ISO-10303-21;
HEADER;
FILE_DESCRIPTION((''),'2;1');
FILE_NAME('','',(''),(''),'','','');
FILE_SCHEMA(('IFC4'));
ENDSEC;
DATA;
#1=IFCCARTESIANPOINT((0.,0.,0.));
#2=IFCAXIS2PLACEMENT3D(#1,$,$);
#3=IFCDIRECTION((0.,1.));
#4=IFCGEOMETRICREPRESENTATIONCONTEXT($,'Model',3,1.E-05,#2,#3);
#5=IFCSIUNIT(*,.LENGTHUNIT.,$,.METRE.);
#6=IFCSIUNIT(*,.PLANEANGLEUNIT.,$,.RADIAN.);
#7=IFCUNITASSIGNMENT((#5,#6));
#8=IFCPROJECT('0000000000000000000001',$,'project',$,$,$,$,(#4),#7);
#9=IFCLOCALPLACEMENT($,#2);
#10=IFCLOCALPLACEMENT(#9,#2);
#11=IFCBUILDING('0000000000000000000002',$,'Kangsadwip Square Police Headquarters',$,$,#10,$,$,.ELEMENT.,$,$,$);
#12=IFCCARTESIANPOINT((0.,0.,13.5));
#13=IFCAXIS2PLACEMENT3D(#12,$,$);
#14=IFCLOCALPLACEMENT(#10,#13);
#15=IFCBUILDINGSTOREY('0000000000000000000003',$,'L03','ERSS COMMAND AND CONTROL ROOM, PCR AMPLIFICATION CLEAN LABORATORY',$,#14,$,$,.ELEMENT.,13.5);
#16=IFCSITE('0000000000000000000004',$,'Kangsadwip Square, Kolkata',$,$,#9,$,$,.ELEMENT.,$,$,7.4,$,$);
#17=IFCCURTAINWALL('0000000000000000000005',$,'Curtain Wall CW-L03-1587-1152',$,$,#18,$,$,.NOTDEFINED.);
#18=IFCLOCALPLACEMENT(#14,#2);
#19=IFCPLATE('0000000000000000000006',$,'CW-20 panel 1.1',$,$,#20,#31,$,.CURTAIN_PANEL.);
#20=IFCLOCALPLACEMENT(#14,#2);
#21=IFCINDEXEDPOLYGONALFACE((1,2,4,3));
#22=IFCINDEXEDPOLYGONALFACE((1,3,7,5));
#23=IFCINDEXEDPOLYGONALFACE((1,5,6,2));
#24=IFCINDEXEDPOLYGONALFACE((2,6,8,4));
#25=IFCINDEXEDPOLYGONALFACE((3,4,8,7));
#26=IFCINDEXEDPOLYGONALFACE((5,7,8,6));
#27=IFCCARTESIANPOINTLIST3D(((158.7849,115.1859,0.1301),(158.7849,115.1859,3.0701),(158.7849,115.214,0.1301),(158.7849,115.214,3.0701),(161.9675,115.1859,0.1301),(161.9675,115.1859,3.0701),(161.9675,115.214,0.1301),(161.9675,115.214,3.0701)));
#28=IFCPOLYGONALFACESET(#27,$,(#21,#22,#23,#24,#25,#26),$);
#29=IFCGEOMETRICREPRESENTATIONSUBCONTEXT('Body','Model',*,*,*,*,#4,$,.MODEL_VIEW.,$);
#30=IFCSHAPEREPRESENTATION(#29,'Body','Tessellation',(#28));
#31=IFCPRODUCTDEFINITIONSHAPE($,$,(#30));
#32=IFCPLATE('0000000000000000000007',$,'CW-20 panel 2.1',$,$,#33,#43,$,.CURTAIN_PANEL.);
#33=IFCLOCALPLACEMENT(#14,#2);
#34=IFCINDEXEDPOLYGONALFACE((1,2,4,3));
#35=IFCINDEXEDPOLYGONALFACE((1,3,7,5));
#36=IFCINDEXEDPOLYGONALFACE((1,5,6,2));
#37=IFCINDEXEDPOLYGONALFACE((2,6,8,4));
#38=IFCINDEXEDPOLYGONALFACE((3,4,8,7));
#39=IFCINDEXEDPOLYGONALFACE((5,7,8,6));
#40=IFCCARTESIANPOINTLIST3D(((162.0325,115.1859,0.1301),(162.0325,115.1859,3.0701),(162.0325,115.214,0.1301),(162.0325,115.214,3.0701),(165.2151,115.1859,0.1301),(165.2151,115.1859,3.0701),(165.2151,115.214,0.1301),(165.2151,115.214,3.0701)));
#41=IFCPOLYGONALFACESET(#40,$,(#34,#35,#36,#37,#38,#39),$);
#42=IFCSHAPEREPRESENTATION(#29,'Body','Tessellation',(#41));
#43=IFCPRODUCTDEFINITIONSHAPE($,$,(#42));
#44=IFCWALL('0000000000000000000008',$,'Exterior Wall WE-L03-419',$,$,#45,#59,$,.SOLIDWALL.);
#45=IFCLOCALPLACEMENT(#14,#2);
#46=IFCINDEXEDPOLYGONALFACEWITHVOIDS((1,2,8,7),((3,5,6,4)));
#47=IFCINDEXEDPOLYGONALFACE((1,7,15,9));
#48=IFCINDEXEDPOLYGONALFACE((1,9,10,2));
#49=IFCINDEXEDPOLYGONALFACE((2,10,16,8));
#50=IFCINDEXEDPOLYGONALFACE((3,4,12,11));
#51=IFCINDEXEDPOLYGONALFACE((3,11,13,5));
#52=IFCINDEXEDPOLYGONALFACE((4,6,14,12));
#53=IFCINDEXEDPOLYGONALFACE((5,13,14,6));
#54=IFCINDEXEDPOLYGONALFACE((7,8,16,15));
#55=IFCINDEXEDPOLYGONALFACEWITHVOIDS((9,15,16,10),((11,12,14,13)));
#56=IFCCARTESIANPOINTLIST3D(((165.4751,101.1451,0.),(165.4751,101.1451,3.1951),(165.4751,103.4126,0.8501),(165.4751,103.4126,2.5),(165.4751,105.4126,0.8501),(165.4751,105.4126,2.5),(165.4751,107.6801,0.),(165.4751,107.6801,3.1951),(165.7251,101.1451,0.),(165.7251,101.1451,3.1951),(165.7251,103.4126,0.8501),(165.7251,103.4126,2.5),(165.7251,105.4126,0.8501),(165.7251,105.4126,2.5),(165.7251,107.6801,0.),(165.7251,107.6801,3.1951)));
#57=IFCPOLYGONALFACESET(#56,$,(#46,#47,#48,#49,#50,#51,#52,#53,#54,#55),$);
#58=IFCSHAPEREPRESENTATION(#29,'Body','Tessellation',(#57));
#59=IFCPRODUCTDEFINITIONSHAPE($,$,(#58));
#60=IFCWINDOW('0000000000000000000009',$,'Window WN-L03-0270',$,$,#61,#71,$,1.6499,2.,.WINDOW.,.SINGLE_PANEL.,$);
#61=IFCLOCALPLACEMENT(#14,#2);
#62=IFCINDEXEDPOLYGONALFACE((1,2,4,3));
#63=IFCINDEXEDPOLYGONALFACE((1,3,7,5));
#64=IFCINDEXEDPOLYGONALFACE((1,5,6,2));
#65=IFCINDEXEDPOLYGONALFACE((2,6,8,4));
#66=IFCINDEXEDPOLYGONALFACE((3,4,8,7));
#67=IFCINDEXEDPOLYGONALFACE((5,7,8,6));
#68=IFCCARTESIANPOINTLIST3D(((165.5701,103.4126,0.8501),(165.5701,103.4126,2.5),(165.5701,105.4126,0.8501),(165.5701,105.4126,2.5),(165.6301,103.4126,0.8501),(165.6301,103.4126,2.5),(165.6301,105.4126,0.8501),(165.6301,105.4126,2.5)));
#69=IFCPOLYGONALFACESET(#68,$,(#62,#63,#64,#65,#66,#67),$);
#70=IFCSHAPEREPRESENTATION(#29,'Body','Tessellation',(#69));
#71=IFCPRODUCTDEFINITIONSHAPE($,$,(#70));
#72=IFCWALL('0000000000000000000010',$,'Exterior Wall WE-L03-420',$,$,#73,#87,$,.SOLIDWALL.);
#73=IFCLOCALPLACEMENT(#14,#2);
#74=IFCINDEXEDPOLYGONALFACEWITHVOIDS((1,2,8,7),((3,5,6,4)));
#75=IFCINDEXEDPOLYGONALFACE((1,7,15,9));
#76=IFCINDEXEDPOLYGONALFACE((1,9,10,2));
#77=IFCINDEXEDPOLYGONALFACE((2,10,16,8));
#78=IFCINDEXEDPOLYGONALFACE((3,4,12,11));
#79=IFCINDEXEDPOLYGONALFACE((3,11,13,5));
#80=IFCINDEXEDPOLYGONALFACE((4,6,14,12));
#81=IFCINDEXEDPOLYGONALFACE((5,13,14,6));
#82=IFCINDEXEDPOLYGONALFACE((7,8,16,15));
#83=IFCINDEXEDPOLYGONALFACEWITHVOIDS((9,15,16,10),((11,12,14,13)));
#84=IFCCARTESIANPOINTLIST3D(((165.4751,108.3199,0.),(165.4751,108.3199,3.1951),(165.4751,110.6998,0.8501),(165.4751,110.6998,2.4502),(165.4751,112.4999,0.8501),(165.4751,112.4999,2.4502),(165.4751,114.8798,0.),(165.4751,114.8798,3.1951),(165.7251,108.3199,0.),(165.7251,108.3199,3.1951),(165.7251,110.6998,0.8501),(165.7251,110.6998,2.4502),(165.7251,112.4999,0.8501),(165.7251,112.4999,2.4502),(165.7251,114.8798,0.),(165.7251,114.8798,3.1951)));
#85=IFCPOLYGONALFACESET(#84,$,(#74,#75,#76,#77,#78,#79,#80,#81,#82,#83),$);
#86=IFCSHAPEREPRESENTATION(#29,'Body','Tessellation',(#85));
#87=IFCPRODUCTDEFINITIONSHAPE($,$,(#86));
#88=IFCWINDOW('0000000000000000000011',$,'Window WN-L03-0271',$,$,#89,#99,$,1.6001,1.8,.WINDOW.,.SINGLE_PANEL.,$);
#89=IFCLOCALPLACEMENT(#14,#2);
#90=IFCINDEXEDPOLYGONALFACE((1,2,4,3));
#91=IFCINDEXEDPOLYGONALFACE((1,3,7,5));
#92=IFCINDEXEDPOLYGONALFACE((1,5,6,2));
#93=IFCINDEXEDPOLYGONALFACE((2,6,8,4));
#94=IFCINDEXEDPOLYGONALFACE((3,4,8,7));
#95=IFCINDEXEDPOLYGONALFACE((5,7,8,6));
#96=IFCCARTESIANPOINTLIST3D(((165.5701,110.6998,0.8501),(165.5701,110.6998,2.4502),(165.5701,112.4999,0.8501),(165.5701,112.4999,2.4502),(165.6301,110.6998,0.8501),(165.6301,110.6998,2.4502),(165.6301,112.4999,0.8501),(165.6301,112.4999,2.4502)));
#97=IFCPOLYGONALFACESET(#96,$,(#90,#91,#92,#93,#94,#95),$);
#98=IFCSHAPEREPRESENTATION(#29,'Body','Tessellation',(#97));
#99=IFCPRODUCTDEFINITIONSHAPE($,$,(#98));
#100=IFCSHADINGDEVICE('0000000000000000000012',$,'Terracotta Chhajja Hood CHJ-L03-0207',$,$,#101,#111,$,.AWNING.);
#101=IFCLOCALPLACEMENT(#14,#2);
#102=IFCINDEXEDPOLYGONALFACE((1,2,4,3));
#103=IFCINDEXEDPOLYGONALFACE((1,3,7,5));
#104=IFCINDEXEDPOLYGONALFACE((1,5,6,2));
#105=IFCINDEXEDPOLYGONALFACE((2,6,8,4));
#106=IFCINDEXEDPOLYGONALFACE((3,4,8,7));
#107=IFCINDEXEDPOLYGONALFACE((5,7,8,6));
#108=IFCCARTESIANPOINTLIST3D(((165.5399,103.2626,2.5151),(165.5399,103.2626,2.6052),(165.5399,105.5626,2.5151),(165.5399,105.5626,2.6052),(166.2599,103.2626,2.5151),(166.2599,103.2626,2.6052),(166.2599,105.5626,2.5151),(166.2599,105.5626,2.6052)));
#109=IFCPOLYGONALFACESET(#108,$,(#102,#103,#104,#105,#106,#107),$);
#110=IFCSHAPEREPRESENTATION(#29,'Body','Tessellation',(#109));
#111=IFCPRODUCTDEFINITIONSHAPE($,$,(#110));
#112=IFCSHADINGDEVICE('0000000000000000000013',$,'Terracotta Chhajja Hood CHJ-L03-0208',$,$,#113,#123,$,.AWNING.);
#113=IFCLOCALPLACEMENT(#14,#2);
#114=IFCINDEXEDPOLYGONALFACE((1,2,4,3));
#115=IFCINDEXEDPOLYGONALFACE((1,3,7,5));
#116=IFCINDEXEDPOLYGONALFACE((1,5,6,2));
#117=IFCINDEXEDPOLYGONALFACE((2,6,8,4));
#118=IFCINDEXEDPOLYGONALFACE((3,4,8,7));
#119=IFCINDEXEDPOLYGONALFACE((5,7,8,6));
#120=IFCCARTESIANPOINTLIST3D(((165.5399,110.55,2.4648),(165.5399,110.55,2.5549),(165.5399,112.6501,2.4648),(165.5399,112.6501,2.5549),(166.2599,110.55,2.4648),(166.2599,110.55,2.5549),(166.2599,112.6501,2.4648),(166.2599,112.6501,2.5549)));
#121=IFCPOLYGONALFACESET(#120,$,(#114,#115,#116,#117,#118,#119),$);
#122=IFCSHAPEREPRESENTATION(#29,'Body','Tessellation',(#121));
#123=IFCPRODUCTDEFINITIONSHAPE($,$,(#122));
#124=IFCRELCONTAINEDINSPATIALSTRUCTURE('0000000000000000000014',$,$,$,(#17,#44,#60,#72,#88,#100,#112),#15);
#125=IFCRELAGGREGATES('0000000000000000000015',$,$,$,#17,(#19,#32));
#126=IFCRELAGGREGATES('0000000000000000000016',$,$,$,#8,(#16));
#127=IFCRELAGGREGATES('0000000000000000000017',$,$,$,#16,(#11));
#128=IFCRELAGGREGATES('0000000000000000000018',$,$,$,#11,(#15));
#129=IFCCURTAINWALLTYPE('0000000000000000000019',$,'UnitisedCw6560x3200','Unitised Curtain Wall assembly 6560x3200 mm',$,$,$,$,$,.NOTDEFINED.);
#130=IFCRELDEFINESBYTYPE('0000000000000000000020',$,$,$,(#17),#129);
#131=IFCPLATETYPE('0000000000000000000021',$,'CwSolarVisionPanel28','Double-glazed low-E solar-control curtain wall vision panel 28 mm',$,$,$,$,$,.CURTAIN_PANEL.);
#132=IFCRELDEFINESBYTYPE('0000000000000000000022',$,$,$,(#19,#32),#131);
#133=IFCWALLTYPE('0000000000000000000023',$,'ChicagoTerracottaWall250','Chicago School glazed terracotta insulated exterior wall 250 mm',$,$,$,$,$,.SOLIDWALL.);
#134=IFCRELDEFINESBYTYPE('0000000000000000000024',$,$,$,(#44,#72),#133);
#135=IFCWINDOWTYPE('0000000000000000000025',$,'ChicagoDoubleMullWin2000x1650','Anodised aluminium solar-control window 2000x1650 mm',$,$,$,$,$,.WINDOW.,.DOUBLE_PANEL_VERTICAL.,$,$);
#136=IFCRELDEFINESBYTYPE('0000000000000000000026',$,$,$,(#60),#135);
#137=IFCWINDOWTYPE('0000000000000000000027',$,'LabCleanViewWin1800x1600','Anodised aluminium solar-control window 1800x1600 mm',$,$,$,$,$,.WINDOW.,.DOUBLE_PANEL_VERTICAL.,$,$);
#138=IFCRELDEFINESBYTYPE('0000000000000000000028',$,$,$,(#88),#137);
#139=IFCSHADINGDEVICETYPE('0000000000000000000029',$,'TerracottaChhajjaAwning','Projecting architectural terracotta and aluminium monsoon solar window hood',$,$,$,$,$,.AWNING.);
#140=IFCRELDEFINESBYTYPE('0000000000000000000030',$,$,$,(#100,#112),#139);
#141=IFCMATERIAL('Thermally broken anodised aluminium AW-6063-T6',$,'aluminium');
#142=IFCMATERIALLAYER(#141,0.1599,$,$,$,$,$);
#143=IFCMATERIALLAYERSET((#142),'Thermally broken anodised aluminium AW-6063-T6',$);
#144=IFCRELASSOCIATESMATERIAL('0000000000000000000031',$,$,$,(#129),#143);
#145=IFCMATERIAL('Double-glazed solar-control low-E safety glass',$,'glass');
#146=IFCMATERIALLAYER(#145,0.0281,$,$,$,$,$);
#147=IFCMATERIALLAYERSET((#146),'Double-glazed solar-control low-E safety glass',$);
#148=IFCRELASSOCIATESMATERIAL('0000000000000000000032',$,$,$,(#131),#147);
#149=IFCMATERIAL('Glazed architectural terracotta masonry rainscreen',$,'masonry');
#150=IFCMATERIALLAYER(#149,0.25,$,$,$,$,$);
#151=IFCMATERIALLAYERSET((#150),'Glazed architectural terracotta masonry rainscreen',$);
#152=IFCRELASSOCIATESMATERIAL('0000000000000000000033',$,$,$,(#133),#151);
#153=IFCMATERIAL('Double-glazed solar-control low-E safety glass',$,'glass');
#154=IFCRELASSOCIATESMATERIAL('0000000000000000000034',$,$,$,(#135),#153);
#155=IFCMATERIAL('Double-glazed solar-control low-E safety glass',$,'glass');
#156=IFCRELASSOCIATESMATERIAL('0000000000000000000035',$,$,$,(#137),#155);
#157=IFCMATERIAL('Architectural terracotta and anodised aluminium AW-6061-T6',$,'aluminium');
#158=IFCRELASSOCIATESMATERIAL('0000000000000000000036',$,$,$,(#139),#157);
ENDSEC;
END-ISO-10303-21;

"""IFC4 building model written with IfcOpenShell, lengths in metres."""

from ifc_helpers import new_model, si_unit, direction, frame, frame_2d, origin, origin_2d, place, context, subcontext, project, spatial, rectangle, extrude, material, layer, layer_set, type_object, element, fill, aggregate, save


model = new_model("IFC4")

# Units and contexts
model_context = context("Model", 3, precision=1e-05, world=origin(), true_north=direction((0.0, 1.0)))
body_context = subcontext(model_context, "Body", "Model", "MODEL_VIEW")
ifc_project = project(units=[si_unit("LENGTHUNIT", "METRE"), si_unit("PLANEANGLEUNIT", "RADIAN")], contexts=[model_context])

# Site, building, storey
site_placement = place(None, origin())
site = spatial("IfcSite", under=ifc_project, at=site_placement, Name="Kangsadwip Square, Kolkata", CompositionType="ELEMENT", RefElevation=7.4)
building_placement = place(site_placement, origin())
building = spatial("IfcBuilding", under=site, at=building_placement, Name="Kangsadwip Square Police Headquarters", CompositionType="ELEMENT")
storey_placement = place(building_placement, frame((0.0, 0.0, 13.5)))
storey = spatial("IfcBuildingStorey", under=building, at=storey_placement, Name="L03", Description="ERSS COMMAND AND CONTROL ROOM, PCR AMPLIFICATION CLEAN LABORATORY", CompositionType="ELEMENT", Elevation=13.5)

# Curtain wall
ifc_material_1 = material(Name="Thermally broken anodised aluminium AW-6063-T6", Category="aluminium")
ifc_layer_1 = layer(ifc_material_1, 0.1599)
ifc_layer_set_1 = layer_set([ifc_layer_1], Name="Thermally broken anodised aluminium AW-6063-T6")
curtain_wall_type = type_object("IfcCurtainWallType", Name="UnitisedCw6560x3200", Description="Unitised Curtain Wall assembly 6560x3200 mm", PredefinedType="NOTDEFINED", material=ifc_layer_set_1)
curtain_wall_placement = place(storey_placement, origin())
curtain_wall = element("IfcCurtainWall", 1, at=curtain_wall_placement, inside=storey, type_object=curtain_wall_type, Name="Curtain Wall CW-L03-1587-1152", PredefinedType="NOTDEFINED")

# Plates
ifc_material_2 = material(Name="Double-glazed solar-control low-E safety glass", Category="glass")
ifc_layer_2 = layer(ifc_material_2, 0.0281)
ifc_layer_set_2 = layer_set([ifc_layer_2], Name="Double-glazed solar-control low-E safety glass")
plate_type = type_object("IfcPlateType", Name="CwSolarVisionPanel28", Description="Double-glazed low-E solar-control curtain wall vision panel 28 mm", PredefinedType="CURTAIN_PANEL", material=ifc_layer_set_2)
plate_1_placement = place(storey_placement, frame((160.3762, 115.2, 0.1301), z_axis=(0.0, 0.0, 1.0), x_axis=(1.0, 0.0, 0.0)))
plate_1 = element("IfcPlate", 2, at=plate_1_placement, type_object=plate_type, Name="CW-20 panel 1.1", PredefinedType="CURTAIN_PANEL", context=body_context, shape_type="SweptSolid", body=[
    extrude(rectangle(XDim=3.1826, YDim=0.0281, at=origin_2d()), origin(), (0.0, 0.0, 1.0), 2.9399),
])
plate_2_placement = place(storey_placement, frame((163.6238, 115.2, 0.1301), z_axis=(0.0, 0.0, 1.0), x_axis=(1.0, 0.0, 0.0)))
plate_2 = element("IfcPlate", 3, at=plate_2_placement, type_object=plate_type, Name="CW-20 panel 2.1", PredefinedType="CURTAIN_PANEL", context=body_context, shape_type="SweptSolid", body=[
    extrude(rectangle(XDim=3.1826, YDim=0.0281, at=origin_2d()), origin(), (0.0, 0.0, 1.0), 2.9399),
])
aggregate(curtain_wall, [plate_1, plate_2])

# Walls, openings, windows
ifc_material_3 = material(Name="Glazed architectural terracotta masonry rainscreen", Category="masonry")
ifc_layer_3 = layer(ifc_material_3, 0.25)
ifc_layer_set_3 = layer_set([ifc_layer_3], Name="Glazed architectural terracotta masonry rainscreen")
wall_type = type_object("IfcWallType", Name="ChicagoTerracottaWall250", Description="Chicago School glazed terracotta insulated exterior wall 250 mm", PredefinedType="SOLIDWALL", material=ifc_layer_set_3)
wall_1_placement = place(storey_placement, frame((165.6001, 101.145, 0.0), z_axis=(0.0, 0.0, 1.0), x_axis=(0.0, 1.0, 0.0)))
wall_1 = element("IfcWall", 4, at=wall_1_placement, inside=storey, type_object=wall_type, Name="Exterior Wall WE-L03-419", PredefinedType="SOLIDWALL", context=body_context, shape_type="SweptSolid", body=[
    extrude(rectangle(XDim=6.5349, YDim=0.25, at=frame_2d((3.2676, 0.0))), origin(), (0.0, 0.0, 1.0), 3.1951),
])
opening_1_placement = place(wall_1_placement, frame((2.2676, 0.0, 0.8501)))
opening_1 = element("IfcOpeningElement", 5, at=opening_1_placement, cuts=wall_1, PredefinedType="OPENING", context=body_context, shape_type="SweptSolid", body=[
    extrude(rectangle(XDim=2.0, YDim=1.6499, at=frame_2d((1.0, 0.825))), frame((0.0, 0.135, 0.0), z_axis=(0.0, -1.0, 0.0), x_axis=(1.0, 0.0, 0.0)), (0.0, 0.0, 1.0), 0.27),
])
ifc_material_4 = material(Name="Double-glazed solar-control low-E safety glass", Category="glass")
window_type_1 = type_object("IfcWindowType", Name="ChicagoDoubleMullWin2000x1650", Description="Anodised aluminium solar-control window 2000x1650 mm", PartitioningType="DOUBLE_PANEL_VERTICAL", PredefinedType="WINDOW", material=ifc_material_4)
window_1_placement = place(opening_1_placement, origin())
window_1 = element("IfcWindow", 6, at=window_1_placement, inside=storey, type_object=window_type_1, Name="Window WN-L03-0270", OverallHeight=1.6499, OverallWidth=2.0, PartitioningType="SINGLE_PANEL", PredefinedType="WINDOW", context=body_context, shape_type="SweptSolid", body=[
    extrude(rectangle(XDim=2.0, YDim=1.6499, at=frame_2d((1.0, 0.825))), frame((0.0, 0.03, 0.0), z_axis=(0.0, -1.0, 0.0), x_axis=(1.0, 0.0, 0.0)), (0.0, 0.0, 1.0), 0.0601),
])
fill(opening_1, window_1)
wall_2_placement = place(storey_placement, frame((165.6001, 108.3201, 0.0), z_axis=(0.0, 0.0, 1.0), x_axis=(0.0, 1.0, 0.0)))
wall_2 = element("IfcWall", 7, at=wall_2_placement, inside=storey, type_object=wall_type, Name="Exterior Wall WE-L03-420", PredefinedType="SOLIDWALL", context=body_context, shape_type="SweptSolid", body=[
    extrude(rectangle(XDim=6.5598, YDim=0.25, at=frame_2d((3.2798, 0.0))), origin(), (0.0, 0.0, 1.0), 3.1951),
])
opening_2_placement = place(wall_2_placement, frame((2.3799, 0.0, 0.8501)))
opening_2 = element("IfcOpeningElement", 8, at=opening_2_placement, cuts=wall_2, PredefinedType="OPENING", context=body_context, shape_type="SweptSolid", body=[
    extrude(rectangle(XDim=1.8, YDim=1.6001, at=frame_2d((0.8999, 0.8))), frame((0.0, 0.135, 0.0), z_axis=(0.0, -1.0, 0.0), x_axis=(1.0, 0.0, 0.0)), (0.0, 0.0, 1.0), 0.27),
])
ifc_material_5 = material(Name="Double-glazed solar-control low-E safety glass", Category="glass")
window_type_2 = type_object("IfcWindowType", Name="LabCleanViewWin1800x1600", Description="Anodised aluminium solar-control window 1800x1600 mm", PartitioningType="DOUBLE_PANEL_VERTICAL", PredefinedType="WINDOW", material=ifc_material_5)
window_2_placement = place(opening_2_placement, origin())
window_2 = element("IfcWindow", 9, at=window_2_placement, inside=storey, type_object=window_type_2, Name="Window WN-L03-0271", OverallHeight=1.6001, OverallWidth=1.8, PartitioningType="SINGLE_PANEL", PredefinedType="WINDOW", context=body_context, shape_type="SweptSolid", body=[
    extrude(rectangle(XDim=1.8, YDim=1.6001, at=frame_2d((0.8999, 0.8))), frame((0.0, 0.03, 0.0), z_axis=(0.0, -1.0, 0.0), x_axis=(1.0, 0.0, 0.0)), (0.0, 0.0, 1.0), 0.0601),
])
fill(opening_2, window_2)

# Shading devices
ifc_material_6 = material(Name="Architectural terracotta and anodised aluminium AW-6061-T6", Category="aluminium")
shading_device_type = type_object("IfcShadingDeviceType", Name="TerracottaChhajjaAwning", Description="Projecting architectural terracotta and aluminium monsoon solar window hood", PredefinedType="AWNING", material=ifc_material_6)
shading_device_1_placement = place(storey_placement, frame((165.8999, 104.4126, 2.5151), z_axis=(0.0, 0.0, 1.0), x_axis=(0.0, 1.0, 0.0)))
element("IfcShadingDevice", 10, at=shading_device_1_placement, inside=storey, type_object=shading_device_type, Name="Terracotta Chhajja Hood CHJ-L03-0207", PredefinedType="AWNING", context=body_context, shape_type="SweptSolid", body=[
    extrude(rectangle(XDim=2.3, YDim=0.72, at=origin_2d()), origin(), (0.0, 0.0, 1.0), 0.0901),
])
shading_device_2_placement = place(storey_placement, frame((165.8999, 111.6001, 2.4648), z_axis=(0.0, 0.0, 1.0), x_axis=(0.0, 1.0, 0.0)))
element("IfcShadingDevice", 11, at=shading_device_2_placement, inside=storey, type_object=shading_device_type, Name="Terracotta Chhajja Hood CHJ-L03-0208", PredefinedType="AWNING", context=body_context, shape_type="SweptSolid", body=[
    extrude(rectangle(XDim=2.1001, YDim=0.72, at=origin_2d()), origin(), (0.0, 0.0, 1.0), 0.0901),
])

save(model, "model.ifc")
